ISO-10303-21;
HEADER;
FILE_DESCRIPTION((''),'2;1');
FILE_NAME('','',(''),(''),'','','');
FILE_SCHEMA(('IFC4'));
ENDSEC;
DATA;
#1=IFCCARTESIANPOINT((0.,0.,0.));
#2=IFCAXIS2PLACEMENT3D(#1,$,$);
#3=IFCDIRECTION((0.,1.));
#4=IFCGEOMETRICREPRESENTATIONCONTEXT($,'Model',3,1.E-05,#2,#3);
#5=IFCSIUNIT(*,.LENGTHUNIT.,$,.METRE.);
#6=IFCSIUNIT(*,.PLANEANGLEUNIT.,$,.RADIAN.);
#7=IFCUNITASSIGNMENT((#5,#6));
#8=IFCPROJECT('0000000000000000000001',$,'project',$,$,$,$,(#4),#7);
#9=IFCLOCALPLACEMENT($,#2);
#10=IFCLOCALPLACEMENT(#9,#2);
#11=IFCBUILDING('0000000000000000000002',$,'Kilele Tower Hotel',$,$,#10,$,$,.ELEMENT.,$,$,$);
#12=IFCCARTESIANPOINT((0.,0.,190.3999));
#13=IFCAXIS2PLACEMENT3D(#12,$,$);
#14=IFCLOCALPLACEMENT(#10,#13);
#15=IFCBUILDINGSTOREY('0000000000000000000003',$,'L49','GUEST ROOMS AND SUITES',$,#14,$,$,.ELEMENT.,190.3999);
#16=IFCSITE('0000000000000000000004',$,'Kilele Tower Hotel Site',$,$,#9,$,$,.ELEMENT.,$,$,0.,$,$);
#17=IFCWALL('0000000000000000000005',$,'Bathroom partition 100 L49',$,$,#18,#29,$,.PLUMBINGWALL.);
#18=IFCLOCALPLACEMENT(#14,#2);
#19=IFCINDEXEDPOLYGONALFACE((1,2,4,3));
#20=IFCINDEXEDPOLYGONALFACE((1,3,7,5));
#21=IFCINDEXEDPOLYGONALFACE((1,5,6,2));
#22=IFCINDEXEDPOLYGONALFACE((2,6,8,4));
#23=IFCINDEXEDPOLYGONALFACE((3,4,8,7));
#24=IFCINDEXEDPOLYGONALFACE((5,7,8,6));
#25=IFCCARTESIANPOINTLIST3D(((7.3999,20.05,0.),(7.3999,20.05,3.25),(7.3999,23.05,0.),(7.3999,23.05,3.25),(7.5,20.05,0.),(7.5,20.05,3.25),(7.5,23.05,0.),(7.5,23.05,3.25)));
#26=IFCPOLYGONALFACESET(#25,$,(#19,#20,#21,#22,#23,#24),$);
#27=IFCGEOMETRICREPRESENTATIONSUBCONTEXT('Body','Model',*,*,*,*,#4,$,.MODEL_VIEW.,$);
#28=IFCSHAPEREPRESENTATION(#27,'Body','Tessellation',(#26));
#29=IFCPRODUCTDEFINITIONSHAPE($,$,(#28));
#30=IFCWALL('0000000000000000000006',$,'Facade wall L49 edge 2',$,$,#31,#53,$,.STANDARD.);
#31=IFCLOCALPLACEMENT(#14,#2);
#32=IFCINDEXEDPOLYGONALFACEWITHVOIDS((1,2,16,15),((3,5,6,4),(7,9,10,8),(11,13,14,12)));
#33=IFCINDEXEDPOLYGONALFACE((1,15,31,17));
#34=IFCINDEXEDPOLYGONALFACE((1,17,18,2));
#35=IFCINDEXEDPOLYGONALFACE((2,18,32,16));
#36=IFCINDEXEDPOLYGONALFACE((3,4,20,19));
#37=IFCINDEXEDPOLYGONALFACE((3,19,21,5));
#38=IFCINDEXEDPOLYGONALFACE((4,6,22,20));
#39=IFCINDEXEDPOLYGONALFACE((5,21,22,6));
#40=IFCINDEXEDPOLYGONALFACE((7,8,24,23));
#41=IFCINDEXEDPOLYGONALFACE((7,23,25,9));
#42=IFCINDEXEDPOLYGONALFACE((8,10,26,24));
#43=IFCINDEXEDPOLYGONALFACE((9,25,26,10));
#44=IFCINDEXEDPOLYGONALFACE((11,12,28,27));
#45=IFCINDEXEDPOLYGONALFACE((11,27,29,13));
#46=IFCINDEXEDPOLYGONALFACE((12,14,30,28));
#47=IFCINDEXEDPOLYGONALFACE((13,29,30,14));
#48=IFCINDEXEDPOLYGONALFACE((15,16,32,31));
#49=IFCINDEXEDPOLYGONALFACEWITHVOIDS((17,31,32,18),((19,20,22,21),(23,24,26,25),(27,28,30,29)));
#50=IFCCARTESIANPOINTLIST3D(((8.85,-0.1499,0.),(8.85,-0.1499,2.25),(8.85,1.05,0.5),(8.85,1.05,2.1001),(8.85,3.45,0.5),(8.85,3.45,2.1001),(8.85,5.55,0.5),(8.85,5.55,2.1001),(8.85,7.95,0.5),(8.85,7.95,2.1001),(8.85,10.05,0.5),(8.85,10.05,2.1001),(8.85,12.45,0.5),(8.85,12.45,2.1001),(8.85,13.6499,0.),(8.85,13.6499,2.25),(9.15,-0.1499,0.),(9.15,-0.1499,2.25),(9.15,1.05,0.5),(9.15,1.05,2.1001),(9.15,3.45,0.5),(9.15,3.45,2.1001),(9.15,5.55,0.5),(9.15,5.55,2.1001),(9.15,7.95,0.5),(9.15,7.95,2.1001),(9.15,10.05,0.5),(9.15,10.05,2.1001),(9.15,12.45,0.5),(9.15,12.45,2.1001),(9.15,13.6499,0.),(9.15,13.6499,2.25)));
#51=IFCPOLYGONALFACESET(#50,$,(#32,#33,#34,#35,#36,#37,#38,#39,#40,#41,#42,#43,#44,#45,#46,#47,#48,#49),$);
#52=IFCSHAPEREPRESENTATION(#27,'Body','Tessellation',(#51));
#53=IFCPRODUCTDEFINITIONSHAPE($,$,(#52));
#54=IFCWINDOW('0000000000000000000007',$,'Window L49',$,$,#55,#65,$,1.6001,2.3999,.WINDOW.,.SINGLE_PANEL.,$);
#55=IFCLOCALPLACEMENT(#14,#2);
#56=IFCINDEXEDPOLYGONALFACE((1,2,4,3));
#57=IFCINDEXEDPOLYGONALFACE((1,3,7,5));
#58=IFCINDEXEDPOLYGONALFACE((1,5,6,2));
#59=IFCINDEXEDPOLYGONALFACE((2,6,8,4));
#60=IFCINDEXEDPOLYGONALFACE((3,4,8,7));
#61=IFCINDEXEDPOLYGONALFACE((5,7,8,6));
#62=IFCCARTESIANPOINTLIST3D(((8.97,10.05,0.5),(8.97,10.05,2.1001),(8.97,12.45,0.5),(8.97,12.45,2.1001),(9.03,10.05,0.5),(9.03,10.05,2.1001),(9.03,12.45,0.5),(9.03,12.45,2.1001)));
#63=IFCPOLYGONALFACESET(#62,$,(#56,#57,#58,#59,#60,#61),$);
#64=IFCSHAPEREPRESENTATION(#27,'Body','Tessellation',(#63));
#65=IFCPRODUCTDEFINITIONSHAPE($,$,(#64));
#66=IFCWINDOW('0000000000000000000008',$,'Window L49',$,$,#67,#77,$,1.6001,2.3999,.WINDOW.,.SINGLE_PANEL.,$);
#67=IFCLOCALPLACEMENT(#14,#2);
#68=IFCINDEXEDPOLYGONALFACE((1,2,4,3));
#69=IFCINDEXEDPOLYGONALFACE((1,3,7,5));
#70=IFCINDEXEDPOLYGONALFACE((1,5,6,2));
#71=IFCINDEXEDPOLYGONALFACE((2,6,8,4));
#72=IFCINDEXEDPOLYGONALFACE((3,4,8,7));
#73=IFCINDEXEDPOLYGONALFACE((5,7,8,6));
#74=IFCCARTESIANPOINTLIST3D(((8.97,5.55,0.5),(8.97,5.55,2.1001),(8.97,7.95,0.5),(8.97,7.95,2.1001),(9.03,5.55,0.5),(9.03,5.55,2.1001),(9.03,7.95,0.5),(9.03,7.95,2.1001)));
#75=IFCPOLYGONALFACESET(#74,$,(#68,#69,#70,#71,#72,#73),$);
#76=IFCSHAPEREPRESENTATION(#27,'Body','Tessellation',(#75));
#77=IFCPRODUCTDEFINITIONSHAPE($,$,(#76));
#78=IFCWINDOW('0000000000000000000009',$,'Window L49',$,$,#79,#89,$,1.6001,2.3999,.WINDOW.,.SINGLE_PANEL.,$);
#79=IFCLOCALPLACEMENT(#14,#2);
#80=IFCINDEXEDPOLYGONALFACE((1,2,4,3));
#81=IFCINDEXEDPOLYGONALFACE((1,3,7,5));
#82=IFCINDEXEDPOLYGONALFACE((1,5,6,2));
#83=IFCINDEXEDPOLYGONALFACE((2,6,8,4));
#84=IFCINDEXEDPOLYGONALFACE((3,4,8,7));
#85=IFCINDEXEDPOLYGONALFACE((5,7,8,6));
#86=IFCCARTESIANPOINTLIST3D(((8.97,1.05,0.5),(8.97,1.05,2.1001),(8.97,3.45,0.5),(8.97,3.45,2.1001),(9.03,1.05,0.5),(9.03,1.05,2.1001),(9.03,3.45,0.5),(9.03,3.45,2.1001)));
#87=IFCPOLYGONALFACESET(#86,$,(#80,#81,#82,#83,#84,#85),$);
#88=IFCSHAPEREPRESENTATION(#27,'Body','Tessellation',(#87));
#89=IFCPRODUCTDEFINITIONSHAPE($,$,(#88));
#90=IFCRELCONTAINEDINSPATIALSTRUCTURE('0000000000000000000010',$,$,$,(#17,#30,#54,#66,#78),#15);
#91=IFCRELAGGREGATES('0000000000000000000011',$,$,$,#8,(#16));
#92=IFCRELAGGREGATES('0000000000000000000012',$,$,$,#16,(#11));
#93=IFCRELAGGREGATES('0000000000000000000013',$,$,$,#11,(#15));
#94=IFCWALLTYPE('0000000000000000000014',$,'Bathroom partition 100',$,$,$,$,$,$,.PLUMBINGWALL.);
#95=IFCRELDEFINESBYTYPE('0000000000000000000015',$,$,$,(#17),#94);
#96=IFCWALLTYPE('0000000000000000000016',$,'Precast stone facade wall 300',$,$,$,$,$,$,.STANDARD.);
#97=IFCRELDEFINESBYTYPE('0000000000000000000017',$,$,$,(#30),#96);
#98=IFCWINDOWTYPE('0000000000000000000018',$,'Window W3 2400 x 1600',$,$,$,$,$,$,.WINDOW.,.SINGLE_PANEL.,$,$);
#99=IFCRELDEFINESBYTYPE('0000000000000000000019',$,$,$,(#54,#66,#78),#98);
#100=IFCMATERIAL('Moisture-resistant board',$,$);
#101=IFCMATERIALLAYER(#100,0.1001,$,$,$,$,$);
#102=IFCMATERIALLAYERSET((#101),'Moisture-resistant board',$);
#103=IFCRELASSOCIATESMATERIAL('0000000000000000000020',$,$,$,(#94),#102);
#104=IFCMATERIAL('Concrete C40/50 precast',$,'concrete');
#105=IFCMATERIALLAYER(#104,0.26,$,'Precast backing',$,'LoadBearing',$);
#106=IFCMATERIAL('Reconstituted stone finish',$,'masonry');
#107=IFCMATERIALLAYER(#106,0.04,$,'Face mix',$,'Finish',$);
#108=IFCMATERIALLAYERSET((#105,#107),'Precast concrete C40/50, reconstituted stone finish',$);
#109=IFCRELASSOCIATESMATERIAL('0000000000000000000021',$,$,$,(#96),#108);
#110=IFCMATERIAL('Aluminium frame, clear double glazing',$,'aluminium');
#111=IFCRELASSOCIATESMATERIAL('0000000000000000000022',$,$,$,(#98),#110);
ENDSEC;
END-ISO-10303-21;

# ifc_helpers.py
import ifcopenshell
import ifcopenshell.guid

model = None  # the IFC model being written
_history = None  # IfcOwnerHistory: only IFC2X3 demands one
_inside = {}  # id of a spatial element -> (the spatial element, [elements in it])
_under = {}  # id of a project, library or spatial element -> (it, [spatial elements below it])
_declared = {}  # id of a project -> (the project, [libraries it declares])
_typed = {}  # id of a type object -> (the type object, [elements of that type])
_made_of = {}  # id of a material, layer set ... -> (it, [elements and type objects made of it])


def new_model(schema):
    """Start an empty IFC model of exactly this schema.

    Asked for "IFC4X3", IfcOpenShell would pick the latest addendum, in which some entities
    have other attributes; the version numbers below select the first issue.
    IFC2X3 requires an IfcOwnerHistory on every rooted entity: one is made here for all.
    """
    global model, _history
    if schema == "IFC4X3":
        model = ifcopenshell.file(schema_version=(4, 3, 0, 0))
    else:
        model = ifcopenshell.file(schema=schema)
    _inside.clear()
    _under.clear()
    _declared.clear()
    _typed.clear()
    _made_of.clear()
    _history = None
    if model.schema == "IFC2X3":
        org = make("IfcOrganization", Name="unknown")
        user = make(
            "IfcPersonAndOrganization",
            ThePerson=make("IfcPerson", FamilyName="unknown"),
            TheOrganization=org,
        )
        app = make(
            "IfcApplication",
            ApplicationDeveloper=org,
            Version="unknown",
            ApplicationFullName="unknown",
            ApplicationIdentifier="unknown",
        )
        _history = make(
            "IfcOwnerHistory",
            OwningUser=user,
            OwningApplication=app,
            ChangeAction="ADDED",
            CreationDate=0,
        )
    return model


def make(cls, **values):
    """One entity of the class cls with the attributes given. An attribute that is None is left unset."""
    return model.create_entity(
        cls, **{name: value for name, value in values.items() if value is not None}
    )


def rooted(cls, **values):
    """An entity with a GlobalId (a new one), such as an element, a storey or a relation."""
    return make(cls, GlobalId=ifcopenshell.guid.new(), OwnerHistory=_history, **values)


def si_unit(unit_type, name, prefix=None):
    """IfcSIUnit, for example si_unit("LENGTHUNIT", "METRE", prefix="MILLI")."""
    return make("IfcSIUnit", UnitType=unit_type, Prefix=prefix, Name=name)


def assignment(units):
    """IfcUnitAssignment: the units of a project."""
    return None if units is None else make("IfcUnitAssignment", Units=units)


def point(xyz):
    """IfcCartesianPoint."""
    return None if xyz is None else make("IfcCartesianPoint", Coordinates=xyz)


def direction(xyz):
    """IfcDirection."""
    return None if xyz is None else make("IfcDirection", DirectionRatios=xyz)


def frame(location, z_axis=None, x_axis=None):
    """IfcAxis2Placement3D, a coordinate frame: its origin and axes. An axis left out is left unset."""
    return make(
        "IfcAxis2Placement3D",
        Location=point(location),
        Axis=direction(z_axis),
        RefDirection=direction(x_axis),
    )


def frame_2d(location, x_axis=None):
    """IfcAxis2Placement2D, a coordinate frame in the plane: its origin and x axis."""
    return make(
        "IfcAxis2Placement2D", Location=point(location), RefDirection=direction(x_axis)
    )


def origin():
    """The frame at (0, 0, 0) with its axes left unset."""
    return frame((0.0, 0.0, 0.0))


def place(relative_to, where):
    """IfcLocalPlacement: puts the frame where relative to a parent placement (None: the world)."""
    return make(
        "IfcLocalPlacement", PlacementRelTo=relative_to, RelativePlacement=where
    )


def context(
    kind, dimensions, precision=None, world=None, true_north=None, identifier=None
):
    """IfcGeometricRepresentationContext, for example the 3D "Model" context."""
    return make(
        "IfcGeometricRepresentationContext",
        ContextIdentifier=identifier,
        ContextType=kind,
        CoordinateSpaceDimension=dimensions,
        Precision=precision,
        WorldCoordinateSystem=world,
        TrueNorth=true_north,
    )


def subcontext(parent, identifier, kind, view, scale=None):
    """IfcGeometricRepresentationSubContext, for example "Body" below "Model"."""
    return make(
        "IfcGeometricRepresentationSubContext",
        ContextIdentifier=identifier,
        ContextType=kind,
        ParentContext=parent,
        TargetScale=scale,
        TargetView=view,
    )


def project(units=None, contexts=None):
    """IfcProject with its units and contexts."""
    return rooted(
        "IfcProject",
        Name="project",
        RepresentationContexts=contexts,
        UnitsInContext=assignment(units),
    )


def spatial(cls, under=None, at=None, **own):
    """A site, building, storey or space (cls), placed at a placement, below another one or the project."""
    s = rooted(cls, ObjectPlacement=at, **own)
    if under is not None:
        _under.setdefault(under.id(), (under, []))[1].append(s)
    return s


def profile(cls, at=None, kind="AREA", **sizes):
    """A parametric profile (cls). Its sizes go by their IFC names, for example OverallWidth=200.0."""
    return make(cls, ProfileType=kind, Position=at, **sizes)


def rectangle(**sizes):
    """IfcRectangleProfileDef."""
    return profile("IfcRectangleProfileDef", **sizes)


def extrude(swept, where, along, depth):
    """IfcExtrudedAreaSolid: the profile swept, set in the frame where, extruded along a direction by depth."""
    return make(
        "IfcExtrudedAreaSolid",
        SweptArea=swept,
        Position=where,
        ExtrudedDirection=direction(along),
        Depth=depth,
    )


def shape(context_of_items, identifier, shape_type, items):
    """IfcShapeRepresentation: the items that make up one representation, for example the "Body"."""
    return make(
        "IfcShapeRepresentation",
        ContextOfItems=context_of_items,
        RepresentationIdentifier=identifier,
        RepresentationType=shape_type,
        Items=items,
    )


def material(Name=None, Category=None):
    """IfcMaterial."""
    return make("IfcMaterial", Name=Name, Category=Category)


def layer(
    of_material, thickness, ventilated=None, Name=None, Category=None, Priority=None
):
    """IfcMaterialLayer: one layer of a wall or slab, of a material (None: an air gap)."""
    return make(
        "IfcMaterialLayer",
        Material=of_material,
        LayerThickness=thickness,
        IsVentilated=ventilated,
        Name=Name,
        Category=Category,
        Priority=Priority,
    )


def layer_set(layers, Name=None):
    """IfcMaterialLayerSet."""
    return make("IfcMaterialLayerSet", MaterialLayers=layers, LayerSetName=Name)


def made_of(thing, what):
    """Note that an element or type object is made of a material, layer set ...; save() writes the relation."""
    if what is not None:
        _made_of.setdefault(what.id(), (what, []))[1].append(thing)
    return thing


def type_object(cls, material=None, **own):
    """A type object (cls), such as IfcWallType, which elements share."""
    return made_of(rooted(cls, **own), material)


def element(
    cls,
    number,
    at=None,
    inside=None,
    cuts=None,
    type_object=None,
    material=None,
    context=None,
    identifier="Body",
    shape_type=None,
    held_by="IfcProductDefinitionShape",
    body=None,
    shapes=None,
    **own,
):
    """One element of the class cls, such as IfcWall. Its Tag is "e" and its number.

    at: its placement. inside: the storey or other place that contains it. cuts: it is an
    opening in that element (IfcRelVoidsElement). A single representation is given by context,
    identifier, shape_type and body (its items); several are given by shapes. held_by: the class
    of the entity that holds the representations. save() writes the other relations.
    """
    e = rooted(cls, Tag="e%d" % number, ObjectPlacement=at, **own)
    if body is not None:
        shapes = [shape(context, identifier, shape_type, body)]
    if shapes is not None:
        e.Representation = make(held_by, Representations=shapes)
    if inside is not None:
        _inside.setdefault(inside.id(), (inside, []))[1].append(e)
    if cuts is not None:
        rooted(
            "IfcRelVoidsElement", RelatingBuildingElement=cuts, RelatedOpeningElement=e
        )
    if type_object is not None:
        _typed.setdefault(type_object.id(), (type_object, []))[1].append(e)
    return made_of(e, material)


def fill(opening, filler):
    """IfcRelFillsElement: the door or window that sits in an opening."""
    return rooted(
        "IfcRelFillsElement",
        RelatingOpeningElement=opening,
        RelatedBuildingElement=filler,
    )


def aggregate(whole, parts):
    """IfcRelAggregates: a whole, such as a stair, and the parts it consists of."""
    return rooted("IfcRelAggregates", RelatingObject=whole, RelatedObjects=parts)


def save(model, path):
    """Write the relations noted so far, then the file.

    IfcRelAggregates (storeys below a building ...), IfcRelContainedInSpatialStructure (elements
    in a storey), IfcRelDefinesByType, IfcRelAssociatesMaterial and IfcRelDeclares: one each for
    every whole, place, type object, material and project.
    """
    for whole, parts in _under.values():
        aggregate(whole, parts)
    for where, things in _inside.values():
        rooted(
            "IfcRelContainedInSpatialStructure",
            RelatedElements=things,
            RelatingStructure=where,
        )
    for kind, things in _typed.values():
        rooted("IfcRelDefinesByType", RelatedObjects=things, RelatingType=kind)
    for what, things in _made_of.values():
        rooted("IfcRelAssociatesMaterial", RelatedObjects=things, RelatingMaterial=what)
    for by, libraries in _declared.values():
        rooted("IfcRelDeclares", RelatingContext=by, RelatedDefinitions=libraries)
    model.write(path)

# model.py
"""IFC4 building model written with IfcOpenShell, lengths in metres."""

from ifc_helpers import new_model, si_unit, direction, frame, frame_2d, origin, place, context, subcontext, project, spatial, rectangle, extrude, material, layer, layer_set, type_object, element, fill, save


model = new_model("IFC4")

# Units and contexts
model_context = context("Model", 3, precision=1e-05, world=origin(), true_north=direction((0.0, 1.0)))
body_context = subcontext(model_context, "Body", "Model", "MODEL_VIEW")
ifc_project = project(units=[si_unit("LENGTHUNIT", "METRE"), si_unit("PLANEANGLEUNIT", "RADIAN")], contexts=[model_context])

# Site, building, storey
site_placement = place(None, origin())
site = spatial("IfcSite", under=ifc_project, at=site_placement, Name="Kilele Tower Hotel Site", CompositionType="ELEMENT", RefElevation=0.0)
building_placement = place(site_placement, origin())
building = spatial("IfcBuilding", under=site, at=building_placement, Name="Kilele Tower Hotel", CompositionType="ELEMENT")
storey_placement = place(building_placement, frame((0.0, 0.0, 190.3999)))
storey = spatial("IfcBuildingStorey", under=building, at=storey_placement, Name="L49", Description="GUEST ROOMS AND SUITES", CompositionType="ELEMENT", Elevation=190.3999)

# Shared definitions
ifc_material_1 = material(Name="Moisture-resistant board")
ifc_layer_1 = layer(ifc_material_1, 0.1001)
ifc_layer_set_1 = layer_set([ifc_layer_1], Name="Moisture-resistant board")
wall_type_1 = type_object("IfcWallType", Name="Bathroom partition 100", PredefinedType="PLUMBINGWALL", material=ifc_layer_set_1)

# Wall
wall_1_placement = place(storey_placement, frame((7.45, 20.05, 0.0), z_axis=(0.0, 0.0, 1.0), x_axis=(0.0, 1.0, 0.0)))
element("IfcWall", 1, at=wall_1_placement, inside=storey, type_object=wall_type_1, Name="Bathroom partition 100 L49", PredefinedType="PLUMBINGWALL", context=body_context, shape_type="SweptSolid", body=[
    extrude(rectangle(XDim=3.0, YDim=0.1001, at=frame_2d((1.5, 0.0))), origin(), (0.0, 0.0, 1.0), 3.25),
])

# Wall, openings, windows
ifc_material_2 = material(Name="Concrete C40/50 precast", Category="concrete")
ifc_layer_2 = layer(ifc_material_2, 0.26, Name="Precast backing", Category="LoadBearing")
ifc_material_3 = material(Name="Reconstituted stone finish", Category="masonry")
ifc_layer_3 = layer(ifc_material_3, 0.04, Name="Face mix", Category="Finish")
ifc_layer_set_2 = layer_set([ifc_layer_2, ifc_layer_3], Name="Precast concrete C40/50, reconstituted stone finish")
wall_type_2 = type_object("IfcWallType", Name="Precast stone facade wall 300", PredefinedType="STANDARD", material=ifc_layer_set_2)
wall_2_placement = place(storey_placement, frame((9.0, 13.6499, 0.0), z_axis=(0.0, 0.0, 1.0), x_axis=(0.0, -1.0, 0.0)))
wall_2 = element("IfcWall", 2, at=wall_2_placement, inside=storey, type_object=wall_type_2, Name="Facade wall L49 edge 2", PredefinedType="STANDARD", context=body_context, shape_type="SweptSolid", body=[
    extrude(rectangle(XDim=13.7998, YDim=0.3, at=frame_2d((6.8999, 0.0))), origin(), (0.0, 0.0, 1.0), 2.25),
])
opening_1_placement = place(wall_2_placement, frame((1.2, 0.0, 0.5)))
opening_1 = element("IfcOpeningElement", 3, at=opening_1_placement, cuts=wall_2, PredefinedType="OPENING", context=body_context, shape_type="SweptSolid", body=[
    extrude(rectangle(XDim=2.3999, YDim=1.6001, at=frame_2d((1.2, 0.8))), frame((0.0, 0.1599, 0.0), z_axis=(0.0, -1.0, 0.0), x_axis=(1.0, 0.0, 0.0)), (0.0, 0.0, 1.0), 0.3201),
])
opening_2_placement = place(wall_2_placement, frame((5.7, 0.0, 0.5)))
opening_2 = element("IfcOpeningElement", 4, at=opening_2_placement, cuts=wall_2, PredefinedType="OPENING", context=body_context, shape_type="SweptSolid", body=[
    extrude(rectangle(XDim=2.3999, YDim=1.6001, at=frame_2d((1.2, 0.8))), frame((0.0, 0.1599, 0.0), z_axis=(0.0, -1.0, 0.0), x_axis=(1.0, 0.0, 0.0)), (0.0, 0.0, 1.0), 0.3201),
])
opening_3_placement = place(wall_2_placement, frame((10.2, 0.0, 0.5)))
opening_3 = element("IfcOpeningElement", 5, at=opening_3_placement, cuts=wall_2, PredefinedType="OPENING", context=body_context, shape_type="SweptSolid", body=[
    extrude(rectangle(XDim=2.3999, YDim=1.6001, at=frame_2d((1.2, 0.8))), frame((0.0, 0.1599, 0.0), z_axis=(0.0, -1.0, 0.0), x_axis=(1.0, 0.0, 0.0)), (0.0, 0.0, 1.0), 0.3201),
])
ifc_material_4 = material(Name="Aluminium frame, clear double glazing", Category="aluminium")
window_type = type_object("IfcWindowType", Name="Window W3 2400 x 1600", PartitioningType="SINGLE_PANEL", PredefinedType="WINDOW", material=ifc_material_4)
window_1_placement = place(opening_1_placement, origin())
window_1 = element("IfcWindow", 6, at=window_1_placement, inside=storey, type_object=window_type, Name="Window L49", OverallHeight=1.6001, OverallWidth=2.3999, PartitioningType="SINGLE_PANEL", PredefinedType="WINDOW", context=body_context, shape_type="SweptSolid", body=[
    extrude(rectangle(XDim=2.3999, YDim=1.6001, at=frame_2d((1.2, 0.8))), frame((0.0, 0.03, 0.0), z_axis=(0.0, -1.0, 0.0), x_axis=(1.0, 0.0, 0.0)), (0.0, 0.0, 1.0), 0.0601),
])
fill(opening_1, window_1)
window_2_placement = place(opening_2_placement, origin())
window_2 = element("IfcWindow", 7, at=window_2_placement, inside=storey, type_object=window_type, Name="Window L49", OverallHeight=1.6001, OverallWidth=2.3999, PartitioningType="SINGLE_PANEL", PredefinedType="WINDOW", context=body_context, shape_type="SweptSolid", body=[
    extrude(rectangle(XDim=2.3999, YDim=1.6001, at=frame_2d((1.2, 0.8))), frame((0.0, 0.03, 0.0), z_axis=(0.0, -1.0, 0.0), x_axis=(1.0, 0.0, 0.0)), (0.0, 0.0, 1.0), 0.0601),
])
fill(opening_2, window_2)
window_3_placement = place(opening_3_placement, origin())
window_3 = element("IfcWindow", 8, at=window_3_placement, inside=storey, type_object=window_type, Name="Window L49", OverallHeight=1.6001, OverallWidth=2.3999, PartitioningType="SINGLE_PANEL", PredefinedType="WINDOW", context=body_context, shape_type="SweptSolid", body=[
    extrude(rectangle(XDim=2.3999, YDim=1.6001, at=frame_2d((1.2, 0.8))), frame((0.0, 0.03, 0.0), z_axis=(0.0, -1.0, 0.0), x_axis=(1.0, 0.0, 0.0)), (0.0, 0.0, 1.0), 0.0601),
])
fill(opening_3, window_3)

save(model, "model.ifc")
